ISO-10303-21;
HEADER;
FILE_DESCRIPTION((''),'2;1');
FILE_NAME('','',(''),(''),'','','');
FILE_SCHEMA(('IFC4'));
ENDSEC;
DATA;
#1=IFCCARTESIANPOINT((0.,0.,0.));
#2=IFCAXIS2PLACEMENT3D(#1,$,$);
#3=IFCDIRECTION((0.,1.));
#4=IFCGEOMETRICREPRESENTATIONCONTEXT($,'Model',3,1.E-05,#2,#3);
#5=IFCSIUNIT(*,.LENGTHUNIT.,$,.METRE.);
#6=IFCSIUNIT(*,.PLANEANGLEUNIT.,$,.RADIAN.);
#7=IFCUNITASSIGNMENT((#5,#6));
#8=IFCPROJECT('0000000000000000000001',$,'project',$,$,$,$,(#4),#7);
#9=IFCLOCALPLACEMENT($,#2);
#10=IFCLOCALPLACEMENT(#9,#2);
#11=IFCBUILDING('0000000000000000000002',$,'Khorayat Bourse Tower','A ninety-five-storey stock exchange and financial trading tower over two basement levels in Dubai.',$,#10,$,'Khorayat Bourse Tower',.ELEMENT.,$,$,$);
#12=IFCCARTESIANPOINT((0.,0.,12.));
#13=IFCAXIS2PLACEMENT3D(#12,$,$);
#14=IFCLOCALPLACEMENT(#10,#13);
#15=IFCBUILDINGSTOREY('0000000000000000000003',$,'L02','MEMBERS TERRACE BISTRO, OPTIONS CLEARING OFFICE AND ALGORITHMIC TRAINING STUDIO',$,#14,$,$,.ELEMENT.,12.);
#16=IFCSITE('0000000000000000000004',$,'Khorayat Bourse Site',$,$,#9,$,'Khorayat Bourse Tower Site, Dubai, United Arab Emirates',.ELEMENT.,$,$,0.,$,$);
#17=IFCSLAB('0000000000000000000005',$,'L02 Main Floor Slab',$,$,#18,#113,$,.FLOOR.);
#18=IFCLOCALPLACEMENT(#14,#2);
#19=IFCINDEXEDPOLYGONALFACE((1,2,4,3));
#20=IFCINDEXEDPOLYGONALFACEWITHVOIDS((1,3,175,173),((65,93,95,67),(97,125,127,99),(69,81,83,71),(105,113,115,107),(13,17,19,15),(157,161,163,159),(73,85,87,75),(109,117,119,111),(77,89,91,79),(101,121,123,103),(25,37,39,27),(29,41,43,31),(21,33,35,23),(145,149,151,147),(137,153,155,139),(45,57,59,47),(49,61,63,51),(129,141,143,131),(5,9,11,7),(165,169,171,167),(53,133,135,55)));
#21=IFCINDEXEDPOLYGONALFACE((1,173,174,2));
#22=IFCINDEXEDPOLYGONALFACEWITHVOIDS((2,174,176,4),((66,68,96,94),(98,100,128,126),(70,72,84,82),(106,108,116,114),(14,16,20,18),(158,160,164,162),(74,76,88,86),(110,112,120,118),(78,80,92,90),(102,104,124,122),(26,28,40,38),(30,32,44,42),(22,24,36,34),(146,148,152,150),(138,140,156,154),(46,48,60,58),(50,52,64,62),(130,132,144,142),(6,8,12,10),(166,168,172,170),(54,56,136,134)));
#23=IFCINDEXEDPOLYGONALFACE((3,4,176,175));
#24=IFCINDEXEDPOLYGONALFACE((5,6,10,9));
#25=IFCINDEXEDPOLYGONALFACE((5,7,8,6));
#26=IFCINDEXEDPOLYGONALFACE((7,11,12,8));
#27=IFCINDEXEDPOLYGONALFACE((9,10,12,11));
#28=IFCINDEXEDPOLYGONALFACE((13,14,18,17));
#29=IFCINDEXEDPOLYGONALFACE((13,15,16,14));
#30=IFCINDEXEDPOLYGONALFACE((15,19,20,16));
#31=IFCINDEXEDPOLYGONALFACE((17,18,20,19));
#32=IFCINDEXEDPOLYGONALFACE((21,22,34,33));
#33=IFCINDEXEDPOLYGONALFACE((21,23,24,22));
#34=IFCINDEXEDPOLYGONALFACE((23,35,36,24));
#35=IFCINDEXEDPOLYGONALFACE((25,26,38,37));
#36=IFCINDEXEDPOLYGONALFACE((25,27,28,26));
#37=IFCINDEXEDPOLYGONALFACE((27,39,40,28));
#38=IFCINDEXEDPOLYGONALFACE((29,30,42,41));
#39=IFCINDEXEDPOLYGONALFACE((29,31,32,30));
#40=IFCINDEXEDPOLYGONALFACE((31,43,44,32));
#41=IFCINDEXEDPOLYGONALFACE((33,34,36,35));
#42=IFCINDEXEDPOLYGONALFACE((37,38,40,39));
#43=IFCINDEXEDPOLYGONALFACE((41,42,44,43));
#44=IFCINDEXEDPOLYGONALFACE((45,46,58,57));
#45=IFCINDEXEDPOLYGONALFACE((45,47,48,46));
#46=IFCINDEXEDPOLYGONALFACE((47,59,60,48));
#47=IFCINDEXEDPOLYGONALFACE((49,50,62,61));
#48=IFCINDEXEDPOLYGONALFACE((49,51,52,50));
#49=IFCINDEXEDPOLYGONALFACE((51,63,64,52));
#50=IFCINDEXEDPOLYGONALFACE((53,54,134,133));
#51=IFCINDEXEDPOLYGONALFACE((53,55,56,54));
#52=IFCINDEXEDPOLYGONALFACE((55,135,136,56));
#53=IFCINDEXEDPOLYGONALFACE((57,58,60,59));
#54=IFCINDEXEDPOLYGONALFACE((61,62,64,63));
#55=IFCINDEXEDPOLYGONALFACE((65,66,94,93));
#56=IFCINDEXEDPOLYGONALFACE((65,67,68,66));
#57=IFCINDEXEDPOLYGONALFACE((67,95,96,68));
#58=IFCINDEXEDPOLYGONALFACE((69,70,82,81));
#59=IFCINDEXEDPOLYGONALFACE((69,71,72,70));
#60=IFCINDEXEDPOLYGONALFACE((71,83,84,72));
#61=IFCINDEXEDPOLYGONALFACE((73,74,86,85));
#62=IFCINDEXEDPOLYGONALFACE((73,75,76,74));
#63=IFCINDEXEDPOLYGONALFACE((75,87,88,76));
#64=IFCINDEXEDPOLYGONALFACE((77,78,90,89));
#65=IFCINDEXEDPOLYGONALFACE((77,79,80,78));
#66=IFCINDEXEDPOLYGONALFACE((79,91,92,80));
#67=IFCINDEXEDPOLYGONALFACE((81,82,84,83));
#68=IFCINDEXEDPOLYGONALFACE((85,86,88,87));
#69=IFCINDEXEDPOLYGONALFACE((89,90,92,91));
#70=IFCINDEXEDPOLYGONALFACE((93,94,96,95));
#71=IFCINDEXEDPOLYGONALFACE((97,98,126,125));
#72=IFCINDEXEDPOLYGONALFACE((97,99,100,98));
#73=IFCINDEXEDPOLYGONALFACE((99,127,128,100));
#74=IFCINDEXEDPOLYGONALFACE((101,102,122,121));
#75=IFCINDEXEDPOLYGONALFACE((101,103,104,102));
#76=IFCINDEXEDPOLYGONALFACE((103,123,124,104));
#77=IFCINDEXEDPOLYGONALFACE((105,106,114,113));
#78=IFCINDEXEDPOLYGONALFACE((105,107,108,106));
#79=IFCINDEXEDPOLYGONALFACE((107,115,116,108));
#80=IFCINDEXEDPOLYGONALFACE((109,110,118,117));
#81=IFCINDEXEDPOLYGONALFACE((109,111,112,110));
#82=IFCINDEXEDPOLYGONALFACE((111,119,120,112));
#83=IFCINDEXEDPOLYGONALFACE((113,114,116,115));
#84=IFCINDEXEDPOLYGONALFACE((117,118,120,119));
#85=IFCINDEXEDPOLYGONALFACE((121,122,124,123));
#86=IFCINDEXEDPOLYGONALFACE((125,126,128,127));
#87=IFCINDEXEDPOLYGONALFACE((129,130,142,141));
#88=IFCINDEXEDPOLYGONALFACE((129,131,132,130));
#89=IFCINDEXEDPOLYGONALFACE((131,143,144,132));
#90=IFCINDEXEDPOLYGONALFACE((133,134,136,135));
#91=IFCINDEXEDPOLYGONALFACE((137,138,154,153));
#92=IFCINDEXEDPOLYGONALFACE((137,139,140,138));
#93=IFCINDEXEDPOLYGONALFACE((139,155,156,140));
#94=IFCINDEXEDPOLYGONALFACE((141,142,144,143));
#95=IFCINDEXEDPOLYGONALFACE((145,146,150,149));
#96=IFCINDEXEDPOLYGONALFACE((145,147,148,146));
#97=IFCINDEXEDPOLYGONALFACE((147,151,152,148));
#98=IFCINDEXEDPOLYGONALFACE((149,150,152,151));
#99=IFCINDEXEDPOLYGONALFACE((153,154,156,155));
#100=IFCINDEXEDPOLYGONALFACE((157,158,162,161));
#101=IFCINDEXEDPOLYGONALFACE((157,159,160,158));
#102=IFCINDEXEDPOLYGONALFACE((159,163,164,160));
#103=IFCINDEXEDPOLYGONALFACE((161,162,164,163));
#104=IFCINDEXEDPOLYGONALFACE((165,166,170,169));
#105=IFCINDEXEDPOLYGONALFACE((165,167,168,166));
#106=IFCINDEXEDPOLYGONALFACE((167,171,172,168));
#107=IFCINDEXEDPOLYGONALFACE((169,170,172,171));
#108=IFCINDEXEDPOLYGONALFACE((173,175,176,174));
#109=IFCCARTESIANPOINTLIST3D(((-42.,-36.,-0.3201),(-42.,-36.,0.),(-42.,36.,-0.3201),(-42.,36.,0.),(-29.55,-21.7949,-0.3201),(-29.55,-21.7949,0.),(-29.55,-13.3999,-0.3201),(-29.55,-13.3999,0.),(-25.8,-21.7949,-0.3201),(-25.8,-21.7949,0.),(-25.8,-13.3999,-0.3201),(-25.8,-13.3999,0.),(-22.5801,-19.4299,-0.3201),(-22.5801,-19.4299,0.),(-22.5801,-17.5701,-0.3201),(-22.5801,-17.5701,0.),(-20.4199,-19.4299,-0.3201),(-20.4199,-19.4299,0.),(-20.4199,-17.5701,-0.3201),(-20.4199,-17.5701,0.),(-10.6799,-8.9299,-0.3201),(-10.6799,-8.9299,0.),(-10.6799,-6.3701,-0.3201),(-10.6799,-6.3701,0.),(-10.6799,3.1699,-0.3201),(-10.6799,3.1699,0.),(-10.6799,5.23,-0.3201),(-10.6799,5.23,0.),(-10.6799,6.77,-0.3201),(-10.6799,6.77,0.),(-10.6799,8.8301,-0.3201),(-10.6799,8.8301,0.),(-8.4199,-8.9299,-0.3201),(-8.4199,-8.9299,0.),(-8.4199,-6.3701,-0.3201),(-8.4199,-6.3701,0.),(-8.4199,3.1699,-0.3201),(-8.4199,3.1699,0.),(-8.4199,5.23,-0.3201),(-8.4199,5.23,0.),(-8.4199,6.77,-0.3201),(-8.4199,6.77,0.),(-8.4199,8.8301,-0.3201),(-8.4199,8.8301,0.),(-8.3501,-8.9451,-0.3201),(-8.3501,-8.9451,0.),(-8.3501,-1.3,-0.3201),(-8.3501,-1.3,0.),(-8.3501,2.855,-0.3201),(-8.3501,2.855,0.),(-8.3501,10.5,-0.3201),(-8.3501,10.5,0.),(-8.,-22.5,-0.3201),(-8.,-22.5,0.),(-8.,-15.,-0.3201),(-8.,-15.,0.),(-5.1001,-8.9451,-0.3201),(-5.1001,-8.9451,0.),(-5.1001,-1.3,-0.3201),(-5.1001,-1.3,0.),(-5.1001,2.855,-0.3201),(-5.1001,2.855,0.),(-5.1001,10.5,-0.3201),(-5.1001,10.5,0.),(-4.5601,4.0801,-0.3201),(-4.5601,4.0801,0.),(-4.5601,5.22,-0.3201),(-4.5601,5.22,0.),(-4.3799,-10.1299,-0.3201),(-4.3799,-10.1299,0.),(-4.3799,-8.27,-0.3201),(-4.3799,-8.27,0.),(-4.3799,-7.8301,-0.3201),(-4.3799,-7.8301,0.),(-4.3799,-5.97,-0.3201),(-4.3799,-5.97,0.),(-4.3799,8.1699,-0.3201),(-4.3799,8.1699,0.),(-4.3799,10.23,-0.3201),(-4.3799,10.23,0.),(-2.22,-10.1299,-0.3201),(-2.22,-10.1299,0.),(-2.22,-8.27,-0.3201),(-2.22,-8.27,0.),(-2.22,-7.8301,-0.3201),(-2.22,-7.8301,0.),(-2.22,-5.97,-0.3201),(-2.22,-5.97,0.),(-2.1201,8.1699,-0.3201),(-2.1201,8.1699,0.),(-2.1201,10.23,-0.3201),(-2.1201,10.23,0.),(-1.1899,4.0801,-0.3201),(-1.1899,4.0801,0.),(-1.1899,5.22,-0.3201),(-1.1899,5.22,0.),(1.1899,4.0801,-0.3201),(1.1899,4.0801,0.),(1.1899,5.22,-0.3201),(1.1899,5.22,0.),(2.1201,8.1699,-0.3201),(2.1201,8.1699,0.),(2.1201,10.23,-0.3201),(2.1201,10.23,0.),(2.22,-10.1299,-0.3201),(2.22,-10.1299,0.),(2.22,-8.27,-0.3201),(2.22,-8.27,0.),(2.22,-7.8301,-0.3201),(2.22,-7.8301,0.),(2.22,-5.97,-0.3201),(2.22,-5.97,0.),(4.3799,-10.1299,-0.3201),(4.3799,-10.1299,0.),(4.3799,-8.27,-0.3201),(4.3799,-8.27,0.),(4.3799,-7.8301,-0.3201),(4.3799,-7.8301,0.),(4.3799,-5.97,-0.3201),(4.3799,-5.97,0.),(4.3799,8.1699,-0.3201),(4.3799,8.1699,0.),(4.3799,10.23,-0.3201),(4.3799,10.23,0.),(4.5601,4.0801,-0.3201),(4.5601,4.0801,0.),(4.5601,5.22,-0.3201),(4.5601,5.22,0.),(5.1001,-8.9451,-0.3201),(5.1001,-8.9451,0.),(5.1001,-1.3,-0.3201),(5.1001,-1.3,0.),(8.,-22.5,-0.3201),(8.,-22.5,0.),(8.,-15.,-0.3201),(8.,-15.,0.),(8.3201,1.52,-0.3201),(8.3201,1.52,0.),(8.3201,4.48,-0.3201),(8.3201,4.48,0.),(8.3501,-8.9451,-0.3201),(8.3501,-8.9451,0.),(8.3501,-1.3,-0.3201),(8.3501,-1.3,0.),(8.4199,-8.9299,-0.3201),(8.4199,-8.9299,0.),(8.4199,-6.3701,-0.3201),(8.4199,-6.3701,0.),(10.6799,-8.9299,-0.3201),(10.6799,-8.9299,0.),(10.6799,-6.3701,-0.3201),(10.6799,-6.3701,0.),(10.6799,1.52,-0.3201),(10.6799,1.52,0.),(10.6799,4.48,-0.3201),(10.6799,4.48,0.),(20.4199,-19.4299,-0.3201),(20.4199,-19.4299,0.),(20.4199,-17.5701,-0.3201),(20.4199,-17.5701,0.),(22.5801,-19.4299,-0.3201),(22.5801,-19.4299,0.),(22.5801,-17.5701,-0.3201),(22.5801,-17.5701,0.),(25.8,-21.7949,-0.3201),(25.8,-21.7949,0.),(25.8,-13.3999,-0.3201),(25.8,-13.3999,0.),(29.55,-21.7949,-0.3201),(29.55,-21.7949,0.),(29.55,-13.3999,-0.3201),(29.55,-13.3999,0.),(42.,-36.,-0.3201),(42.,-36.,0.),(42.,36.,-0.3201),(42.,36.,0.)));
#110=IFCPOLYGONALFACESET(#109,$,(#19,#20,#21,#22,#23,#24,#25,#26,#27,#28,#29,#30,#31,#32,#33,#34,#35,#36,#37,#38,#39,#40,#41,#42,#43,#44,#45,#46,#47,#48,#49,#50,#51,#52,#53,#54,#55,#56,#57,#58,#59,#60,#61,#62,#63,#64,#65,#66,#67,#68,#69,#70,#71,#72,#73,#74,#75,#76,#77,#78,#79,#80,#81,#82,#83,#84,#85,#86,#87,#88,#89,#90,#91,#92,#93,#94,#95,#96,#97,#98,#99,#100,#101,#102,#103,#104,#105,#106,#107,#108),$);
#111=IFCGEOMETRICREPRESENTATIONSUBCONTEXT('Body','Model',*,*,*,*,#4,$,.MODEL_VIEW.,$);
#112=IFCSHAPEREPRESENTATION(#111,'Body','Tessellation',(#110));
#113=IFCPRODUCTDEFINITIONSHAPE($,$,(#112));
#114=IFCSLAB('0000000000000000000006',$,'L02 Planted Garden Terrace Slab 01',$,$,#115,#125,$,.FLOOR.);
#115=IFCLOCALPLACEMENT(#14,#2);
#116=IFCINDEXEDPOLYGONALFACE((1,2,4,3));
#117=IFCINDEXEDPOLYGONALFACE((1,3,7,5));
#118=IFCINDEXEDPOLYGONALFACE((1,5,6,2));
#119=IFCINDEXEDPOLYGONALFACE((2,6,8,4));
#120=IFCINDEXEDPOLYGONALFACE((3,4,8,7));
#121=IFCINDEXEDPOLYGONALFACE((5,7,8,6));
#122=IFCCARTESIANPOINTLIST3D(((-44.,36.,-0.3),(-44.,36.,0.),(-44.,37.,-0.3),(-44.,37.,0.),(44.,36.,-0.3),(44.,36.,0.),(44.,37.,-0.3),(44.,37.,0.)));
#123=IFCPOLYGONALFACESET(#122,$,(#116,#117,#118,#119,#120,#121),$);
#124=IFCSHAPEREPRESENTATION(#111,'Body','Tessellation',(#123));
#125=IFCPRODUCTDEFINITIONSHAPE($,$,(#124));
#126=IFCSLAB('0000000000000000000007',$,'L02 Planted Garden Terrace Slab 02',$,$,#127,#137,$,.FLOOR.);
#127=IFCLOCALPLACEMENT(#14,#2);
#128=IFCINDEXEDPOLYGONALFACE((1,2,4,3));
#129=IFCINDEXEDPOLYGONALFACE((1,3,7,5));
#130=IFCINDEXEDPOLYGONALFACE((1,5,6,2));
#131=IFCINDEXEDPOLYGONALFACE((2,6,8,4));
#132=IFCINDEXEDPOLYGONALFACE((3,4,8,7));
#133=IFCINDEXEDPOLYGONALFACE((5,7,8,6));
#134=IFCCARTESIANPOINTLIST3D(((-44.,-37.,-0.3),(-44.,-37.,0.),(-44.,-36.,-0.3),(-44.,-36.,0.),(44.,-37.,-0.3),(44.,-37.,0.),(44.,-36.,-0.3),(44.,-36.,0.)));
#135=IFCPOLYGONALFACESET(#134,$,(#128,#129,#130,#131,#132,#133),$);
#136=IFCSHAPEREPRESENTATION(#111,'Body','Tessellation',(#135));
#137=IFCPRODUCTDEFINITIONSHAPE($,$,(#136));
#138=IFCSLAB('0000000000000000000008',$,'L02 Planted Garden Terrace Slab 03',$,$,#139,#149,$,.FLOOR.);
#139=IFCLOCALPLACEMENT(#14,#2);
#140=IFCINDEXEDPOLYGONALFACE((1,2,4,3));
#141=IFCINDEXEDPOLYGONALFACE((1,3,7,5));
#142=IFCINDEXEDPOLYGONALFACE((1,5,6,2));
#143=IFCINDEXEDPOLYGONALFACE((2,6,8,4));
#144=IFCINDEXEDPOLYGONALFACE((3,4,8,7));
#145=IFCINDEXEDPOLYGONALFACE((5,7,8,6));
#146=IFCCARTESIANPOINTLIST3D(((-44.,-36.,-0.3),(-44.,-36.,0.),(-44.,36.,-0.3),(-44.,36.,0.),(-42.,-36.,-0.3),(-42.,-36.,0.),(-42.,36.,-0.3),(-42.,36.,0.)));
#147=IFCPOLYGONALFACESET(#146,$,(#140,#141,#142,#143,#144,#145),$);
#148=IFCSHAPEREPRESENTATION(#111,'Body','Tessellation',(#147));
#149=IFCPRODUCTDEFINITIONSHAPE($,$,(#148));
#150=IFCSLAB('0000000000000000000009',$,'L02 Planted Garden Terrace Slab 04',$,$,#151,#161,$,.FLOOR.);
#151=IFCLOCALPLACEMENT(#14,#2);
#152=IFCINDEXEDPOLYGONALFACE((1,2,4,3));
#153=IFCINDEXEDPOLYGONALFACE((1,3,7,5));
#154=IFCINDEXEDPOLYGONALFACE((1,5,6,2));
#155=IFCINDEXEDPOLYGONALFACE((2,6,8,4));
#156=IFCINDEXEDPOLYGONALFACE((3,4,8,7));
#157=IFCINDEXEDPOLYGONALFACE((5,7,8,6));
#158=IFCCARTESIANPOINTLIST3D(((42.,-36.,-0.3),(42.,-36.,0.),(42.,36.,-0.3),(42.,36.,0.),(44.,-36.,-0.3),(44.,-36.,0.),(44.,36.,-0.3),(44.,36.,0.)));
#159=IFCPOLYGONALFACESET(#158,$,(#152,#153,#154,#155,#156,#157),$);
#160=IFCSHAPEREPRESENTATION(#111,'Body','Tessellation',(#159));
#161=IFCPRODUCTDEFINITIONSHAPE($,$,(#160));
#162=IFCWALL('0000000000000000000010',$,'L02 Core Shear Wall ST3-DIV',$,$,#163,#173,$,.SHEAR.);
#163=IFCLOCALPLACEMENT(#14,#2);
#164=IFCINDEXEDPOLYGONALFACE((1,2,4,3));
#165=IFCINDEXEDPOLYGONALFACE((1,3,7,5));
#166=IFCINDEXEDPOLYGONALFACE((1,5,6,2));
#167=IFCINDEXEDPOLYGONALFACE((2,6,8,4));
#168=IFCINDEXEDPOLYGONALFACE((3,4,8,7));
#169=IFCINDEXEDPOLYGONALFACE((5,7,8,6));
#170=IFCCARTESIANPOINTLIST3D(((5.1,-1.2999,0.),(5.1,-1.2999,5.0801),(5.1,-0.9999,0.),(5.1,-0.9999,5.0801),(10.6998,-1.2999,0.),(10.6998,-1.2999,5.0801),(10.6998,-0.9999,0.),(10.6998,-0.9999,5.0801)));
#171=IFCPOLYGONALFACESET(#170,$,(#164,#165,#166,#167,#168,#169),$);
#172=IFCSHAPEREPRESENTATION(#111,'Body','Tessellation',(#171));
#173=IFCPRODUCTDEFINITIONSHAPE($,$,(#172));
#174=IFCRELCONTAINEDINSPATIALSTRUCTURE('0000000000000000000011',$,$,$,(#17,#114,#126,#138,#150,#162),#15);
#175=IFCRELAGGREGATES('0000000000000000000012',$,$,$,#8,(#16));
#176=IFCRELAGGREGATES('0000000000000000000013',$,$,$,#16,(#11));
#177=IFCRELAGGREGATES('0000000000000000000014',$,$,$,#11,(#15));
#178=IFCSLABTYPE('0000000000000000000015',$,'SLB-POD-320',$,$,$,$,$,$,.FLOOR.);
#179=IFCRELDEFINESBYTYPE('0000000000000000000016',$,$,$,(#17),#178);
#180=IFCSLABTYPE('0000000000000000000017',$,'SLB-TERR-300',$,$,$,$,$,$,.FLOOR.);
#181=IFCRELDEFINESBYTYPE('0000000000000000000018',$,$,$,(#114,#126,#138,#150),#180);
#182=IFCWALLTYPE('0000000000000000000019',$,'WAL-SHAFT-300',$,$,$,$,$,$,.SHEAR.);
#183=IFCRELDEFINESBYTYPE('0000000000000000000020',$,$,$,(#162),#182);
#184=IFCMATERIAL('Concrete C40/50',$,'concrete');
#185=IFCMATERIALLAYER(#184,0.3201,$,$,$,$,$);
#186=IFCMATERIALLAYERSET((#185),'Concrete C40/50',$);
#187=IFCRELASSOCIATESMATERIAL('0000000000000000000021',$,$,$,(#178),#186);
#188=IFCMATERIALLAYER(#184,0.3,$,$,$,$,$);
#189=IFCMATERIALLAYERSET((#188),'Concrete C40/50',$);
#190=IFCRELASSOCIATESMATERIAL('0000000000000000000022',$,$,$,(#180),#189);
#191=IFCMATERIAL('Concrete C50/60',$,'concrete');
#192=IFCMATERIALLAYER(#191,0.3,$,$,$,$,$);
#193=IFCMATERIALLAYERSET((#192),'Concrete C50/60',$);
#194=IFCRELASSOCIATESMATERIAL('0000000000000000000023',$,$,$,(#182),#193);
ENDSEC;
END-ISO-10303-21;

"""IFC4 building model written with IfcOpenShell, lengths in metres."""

from ifc_helpers import new_model, si_unit, direction, frame, frame_2d, origin, place, context, subcontext, project, spatial, polyline, rectangle, outline, extrude, source, transform, mapped, material, layer, layer_set, type_object, element, save


model = new_model("IFC4")

# Units and contexts
model_context = context("Model", 3, precision=1e-05, world=origin(), true_north=direction((0.0, 1.0)))
body_context = subcontext(model_context, "Body", "Model", "MODEL_VIEW")
ifc_project = project(units=[si_unit("LENGTHUNIT", "METRE"), si_unit("PLANEANGLEUNIT", "RADIAN")], contexts=[model_context])

# Site, building, storey
site_placement = place(None, origin())
site = spatial("IfcSite", under=ifc_project, at=site_placement, Name="Khorayat Bourse Site", LongName="Khorayat Bourse Tower Site, Dubai, United Arab Emirates", CompositionType="ELEMENT", RefElevation=0.0)
building_placement = place(site_placement, origin())
building = spatial("IfcBuilding", under=site, at=building_placement, Name="Khorayat Bourse Tower", Description="A ninety-five-storey stock exchange and financial trading tower over two basement levels in Dubai.", LongName="Khorayat Bourse Tower", CompositionType="ELEMENT")
storey_placement = place(building_placement, frame((0.0, 0.0, 12.0)))
storey = spatial("IfcBuildingStorey", under=building, at=storey_placement, Name="L02", Description="MEMBERS TERRACE BISTRO, OPTIONS CLEARING OFFICE AND ALGORITHMIC TRAINING STUDIO", CompositionType="ELEMENT", Elevation=12.0)

# Shared definitions
ifc_material_1 = material(Name="Concrete C40/50", Category="concrete")

# Slabs
ifc_layer_1 = layer(ifc_material_1, 0.3201)
ifc_layer_set_1 = layer_set([ifc_layer_1], Name="Concrete C40/50")
slab_type_1 = type_object("IfcSlabType", Name="SLB-POD-320", PredefinedType="FLOOR", material=ifc_layer_set_1)
slab_1_placement = place(storey_placement, frame((0.0, 0.0, -0.3201)))
element("IfcSlab", 1, at=slab_1_placement, inside=storey, type_object=slab_type_1, Name="L02 Main Floor Slab", PredefinedType="FLOOR", context=body_context, shape_type="SweptSolid", body=[
    extrude(outline(polyline([(-42.0, -36.0), (42.0, -36.0), (42.0, 36.0), (-42.0, 36.0), (-42.0, -36.0)]), holes=[polyline([(-8.3501, -8.9451), (-5.1001, -8.9451), (-5.1001, -1.3), (-8.3501, -1.3), (-8.3501, -8.9451)]), polyline([(-8.3501, 2.855), (-5.1001, 2.855), (-5.1001, 10.5), (-8.3501, 10.5), (-8.3501, 2.855)]), polyline([(5.1001, -8.9451), (8.3501, -8.9451), (8.3501, -1.3), (5.1001, -1.3), (5.1001, -8.9451)]), polyline([(-29.55, -21.7949), (-25.8, -21.7949), (-25.8, -13.3999), (-29.55, -13.3999), (-29.55, -21.7949)]), polyline([(25.8, -21.7949), (29.55, -21.7949), (29.55, -13.3999), (25.8, -13.3999), (25.8, -21.7949)]), polyline([(-4.3799, -10.1299), (-2.22, -10.1299), (-2.22, -8.27), (-4.3799, -8.27), (-4.3799, -10.1299)]), polyline([(2.22, -10.1299), (4.3799, -10.1299), (4.3799, -8.27), (2.22, -8.27), (2.22, -10.1299)]), polyline([(-4.3799, -7.8301), (-2.22, -7.8301), (-2.22, -5.97), (-4.3799, -5.97), (-4.3799, -7.8301)]), polyline([(2.22, -7.8301), (4.3799, -7.8301), (4.3799, -5.97), (2.22, -5.97), (2.22, -7.8301)]), polyline([(-4.3799, 8.1699), (-2.1201, 8.1699), (-2.1201, 10.23), (-4.3799, 10.23), (-4.3799, 8.1699)]), polyline([(2.1201, 8.1699), (4.3799, 8.1699), (4.3799, 10.23), (2.1201, 10.23), (2.1201, 8.1699)]), polyline([(-10.6799, 3.1699), (-8.4199, 3.1699), (-8.4199, 5.23), (-10.6799, 5.23), (-10.6799, 3.1699)]), polyline([(-10.6799, 6.77), (-8.4199, 6.77), (-8.4199, 8.8301), (-10.6799, 8.8301), (-10.6799, 6.77)]), polyline([(-22.5801, -19.4299), (-20.4199, -19.4299), (-20.4199, -17.5701), (-22.5801, -17.5701), (-22.5801, -19.4299)]), polyline([(20.4199, -19.4299), (22.5801, -19.4299), (22.5801, -17.5701), (20.4199, -17.5701), (20.4199, -19.4299)]), polyline([(-10.6799, -8.9299), (-8.4199, -8.9299), (-8.4199, -6.3701), (-10.6799, -6.3701), (-10.6799, -8.9299)]), polyline([(8.4199, -8.9299), (10.6799, -8.9299), (10.6799, -6.3701), (8.4199, -6.3701), (8.4199, -8.9299)]), polyline([(8.3201, 1.52), (10.6799, 1.52), (10.6799, 4.48), (8.3201, 4.48), (8.3201, 1.52)]), polyline([(-4.5601, 4.0801), (-1.1899, 4.0801), (-1.1899, 5.22), (-4.5601, 5.22), (-4.5601, 4.0801)]), polyline([(1.1899, 4.0801), (4.5601, 4.0801), (4.5601, 5.22), (1.1899, 5.22), (1.1899, 4.0801)]), polyline([(-8.0, -22.5), (8.0, -22.5), (8.0, -15.0), (-8.0, -15.0), (-8.0, -22.5)])]), origin(), (0.0, 0.0, 1.0), 0.3201),
])
ifc_layer_2 = layer(ifc_material_1, 0.3)
ifc_layer_set_2 = layer_set([ifc_layer_2], Name="Concrete C40/50")
slab_type_2 = type_object("IfcSlabType", Name="SLB-TERR-300", PredefinedType="FLOOR", material=ifc_layer_set_2)
slab_2_placement = place(storey_placement, frame((0.0, 0.0, -0.3)))
element("IfcSlab", 2, at=slab_2_placement, inside=storey, type_object=slab_type_2, Name="L02 Planted Garden Terrace Slab 01", PredefinedType="FLOOR", context=body_context, shape_type="SweptSolid", body=[
    extrude(outline(polyline([(-44.0, 36.0), (44.0, 36.0), (44.0, 37.0), (-44.0, 37.0), (-44.0, 36.0)])), origin(), (0.0, 0.0, 1.0), 0.3),
])
slab_3_placement = place(storey_placement, frame((0.0, 0.0, -0.3)))
element("IfcSlab", 3, at=slab_3_placement, inside=storey, type_object=slab_type_2, Name="L02 Planted Garden Terrace Slab 02", PredefinedType="FLOOR", context=body_context, shape_type="SweptSolid", body=[
    extrude(outline(polyline([(-44.0, -37.0), (44.0, -37.0), (44.0, -36.0), (-44.0, -36.0), (-44.0, -37.0)])), origin(), (0.0, 0.0, 1.0), 0.3),
])
slab_4_placement = place(storey_placement, frame((0.0, 0.0, -0.3)))
element("IfcSlab", 4, at=slab_4_placement, inside=storey, type_object=slab_type_2, Name="L02 Planted Garden Terrace Slab 03", PredefinedType="FLOOR", context=body_context, shape_type="SweptSolid", body=[
    extrude(outline(polyline([(-44.0, -36.0), (-42.0, -36.0), (-42.0, 36.0), (-44.0, 36.0), (-44.0, -36.0)])), origin(), (0.0, 0.0, 1.0), 0.3),
])
slab_5_placement = place(storey_placement, frame((0.0, 0.0, -0.3)))
element("IfcSlab", 5, at=slab_5_placement, inside=storey, type_object=slab_type_2, Name="L02 Planted Garden Terrace Slab 04", PredefinedType="FLOOR", context=body_context, shape_type="SweptSolid", body=[
    extrude(outline(polyline([(42.0, -36.0), (44.0, -36.0), (44.0, 36.0), (42.0, 36.0), (42.0, -36.0)])), origin(), (0.0, 0.0, 1.0), 0.3),
])

# Wall
ifc_material_2 = material(Name="Concrete C50/60", Category="concrete")
ifc_layer_3 = layer(ifc_material_2, 0.3)
ifc_layer_set_3 = layer_set([ifc_layer_3], Name="Concrete C50/60")
wall_type_1 = type_object("IfcWallType", Name="WAL-SHAFT-300", PredefinedType="SHEAR", material=ifc_layer_set_3)
shared_shape_1 = source(origin(), body_context, "Body", "SweptSolid", [
    extrude(rectangle(XDim=5.5999, YDim=0.3, at=frame_2d((2.7998, 0.0))), origin(), (0.0, 0.0, 1.0), 5.0801),
])
wall_1_placement = place(storey_placement, frame((5.1001, -1.1499, 0.0), z_axis=(0.0, 0.0, 1.0), x_axis=(1.0, 0.0, 0.0)))
element("IfcWall", 6, at=wall_1_placement, inside=storey, type_object=wall_type_1, Name="L02 Core Shear Wall ST3-DIV", PredefinedType="SHEAR", context=body_context, shape_type="MappedRepresentation", body=[
    mapped(shared_shape_1, transform((0.0, 0.0, 0.0), scale=1.0)),
])

save(model, "model.ifc")
